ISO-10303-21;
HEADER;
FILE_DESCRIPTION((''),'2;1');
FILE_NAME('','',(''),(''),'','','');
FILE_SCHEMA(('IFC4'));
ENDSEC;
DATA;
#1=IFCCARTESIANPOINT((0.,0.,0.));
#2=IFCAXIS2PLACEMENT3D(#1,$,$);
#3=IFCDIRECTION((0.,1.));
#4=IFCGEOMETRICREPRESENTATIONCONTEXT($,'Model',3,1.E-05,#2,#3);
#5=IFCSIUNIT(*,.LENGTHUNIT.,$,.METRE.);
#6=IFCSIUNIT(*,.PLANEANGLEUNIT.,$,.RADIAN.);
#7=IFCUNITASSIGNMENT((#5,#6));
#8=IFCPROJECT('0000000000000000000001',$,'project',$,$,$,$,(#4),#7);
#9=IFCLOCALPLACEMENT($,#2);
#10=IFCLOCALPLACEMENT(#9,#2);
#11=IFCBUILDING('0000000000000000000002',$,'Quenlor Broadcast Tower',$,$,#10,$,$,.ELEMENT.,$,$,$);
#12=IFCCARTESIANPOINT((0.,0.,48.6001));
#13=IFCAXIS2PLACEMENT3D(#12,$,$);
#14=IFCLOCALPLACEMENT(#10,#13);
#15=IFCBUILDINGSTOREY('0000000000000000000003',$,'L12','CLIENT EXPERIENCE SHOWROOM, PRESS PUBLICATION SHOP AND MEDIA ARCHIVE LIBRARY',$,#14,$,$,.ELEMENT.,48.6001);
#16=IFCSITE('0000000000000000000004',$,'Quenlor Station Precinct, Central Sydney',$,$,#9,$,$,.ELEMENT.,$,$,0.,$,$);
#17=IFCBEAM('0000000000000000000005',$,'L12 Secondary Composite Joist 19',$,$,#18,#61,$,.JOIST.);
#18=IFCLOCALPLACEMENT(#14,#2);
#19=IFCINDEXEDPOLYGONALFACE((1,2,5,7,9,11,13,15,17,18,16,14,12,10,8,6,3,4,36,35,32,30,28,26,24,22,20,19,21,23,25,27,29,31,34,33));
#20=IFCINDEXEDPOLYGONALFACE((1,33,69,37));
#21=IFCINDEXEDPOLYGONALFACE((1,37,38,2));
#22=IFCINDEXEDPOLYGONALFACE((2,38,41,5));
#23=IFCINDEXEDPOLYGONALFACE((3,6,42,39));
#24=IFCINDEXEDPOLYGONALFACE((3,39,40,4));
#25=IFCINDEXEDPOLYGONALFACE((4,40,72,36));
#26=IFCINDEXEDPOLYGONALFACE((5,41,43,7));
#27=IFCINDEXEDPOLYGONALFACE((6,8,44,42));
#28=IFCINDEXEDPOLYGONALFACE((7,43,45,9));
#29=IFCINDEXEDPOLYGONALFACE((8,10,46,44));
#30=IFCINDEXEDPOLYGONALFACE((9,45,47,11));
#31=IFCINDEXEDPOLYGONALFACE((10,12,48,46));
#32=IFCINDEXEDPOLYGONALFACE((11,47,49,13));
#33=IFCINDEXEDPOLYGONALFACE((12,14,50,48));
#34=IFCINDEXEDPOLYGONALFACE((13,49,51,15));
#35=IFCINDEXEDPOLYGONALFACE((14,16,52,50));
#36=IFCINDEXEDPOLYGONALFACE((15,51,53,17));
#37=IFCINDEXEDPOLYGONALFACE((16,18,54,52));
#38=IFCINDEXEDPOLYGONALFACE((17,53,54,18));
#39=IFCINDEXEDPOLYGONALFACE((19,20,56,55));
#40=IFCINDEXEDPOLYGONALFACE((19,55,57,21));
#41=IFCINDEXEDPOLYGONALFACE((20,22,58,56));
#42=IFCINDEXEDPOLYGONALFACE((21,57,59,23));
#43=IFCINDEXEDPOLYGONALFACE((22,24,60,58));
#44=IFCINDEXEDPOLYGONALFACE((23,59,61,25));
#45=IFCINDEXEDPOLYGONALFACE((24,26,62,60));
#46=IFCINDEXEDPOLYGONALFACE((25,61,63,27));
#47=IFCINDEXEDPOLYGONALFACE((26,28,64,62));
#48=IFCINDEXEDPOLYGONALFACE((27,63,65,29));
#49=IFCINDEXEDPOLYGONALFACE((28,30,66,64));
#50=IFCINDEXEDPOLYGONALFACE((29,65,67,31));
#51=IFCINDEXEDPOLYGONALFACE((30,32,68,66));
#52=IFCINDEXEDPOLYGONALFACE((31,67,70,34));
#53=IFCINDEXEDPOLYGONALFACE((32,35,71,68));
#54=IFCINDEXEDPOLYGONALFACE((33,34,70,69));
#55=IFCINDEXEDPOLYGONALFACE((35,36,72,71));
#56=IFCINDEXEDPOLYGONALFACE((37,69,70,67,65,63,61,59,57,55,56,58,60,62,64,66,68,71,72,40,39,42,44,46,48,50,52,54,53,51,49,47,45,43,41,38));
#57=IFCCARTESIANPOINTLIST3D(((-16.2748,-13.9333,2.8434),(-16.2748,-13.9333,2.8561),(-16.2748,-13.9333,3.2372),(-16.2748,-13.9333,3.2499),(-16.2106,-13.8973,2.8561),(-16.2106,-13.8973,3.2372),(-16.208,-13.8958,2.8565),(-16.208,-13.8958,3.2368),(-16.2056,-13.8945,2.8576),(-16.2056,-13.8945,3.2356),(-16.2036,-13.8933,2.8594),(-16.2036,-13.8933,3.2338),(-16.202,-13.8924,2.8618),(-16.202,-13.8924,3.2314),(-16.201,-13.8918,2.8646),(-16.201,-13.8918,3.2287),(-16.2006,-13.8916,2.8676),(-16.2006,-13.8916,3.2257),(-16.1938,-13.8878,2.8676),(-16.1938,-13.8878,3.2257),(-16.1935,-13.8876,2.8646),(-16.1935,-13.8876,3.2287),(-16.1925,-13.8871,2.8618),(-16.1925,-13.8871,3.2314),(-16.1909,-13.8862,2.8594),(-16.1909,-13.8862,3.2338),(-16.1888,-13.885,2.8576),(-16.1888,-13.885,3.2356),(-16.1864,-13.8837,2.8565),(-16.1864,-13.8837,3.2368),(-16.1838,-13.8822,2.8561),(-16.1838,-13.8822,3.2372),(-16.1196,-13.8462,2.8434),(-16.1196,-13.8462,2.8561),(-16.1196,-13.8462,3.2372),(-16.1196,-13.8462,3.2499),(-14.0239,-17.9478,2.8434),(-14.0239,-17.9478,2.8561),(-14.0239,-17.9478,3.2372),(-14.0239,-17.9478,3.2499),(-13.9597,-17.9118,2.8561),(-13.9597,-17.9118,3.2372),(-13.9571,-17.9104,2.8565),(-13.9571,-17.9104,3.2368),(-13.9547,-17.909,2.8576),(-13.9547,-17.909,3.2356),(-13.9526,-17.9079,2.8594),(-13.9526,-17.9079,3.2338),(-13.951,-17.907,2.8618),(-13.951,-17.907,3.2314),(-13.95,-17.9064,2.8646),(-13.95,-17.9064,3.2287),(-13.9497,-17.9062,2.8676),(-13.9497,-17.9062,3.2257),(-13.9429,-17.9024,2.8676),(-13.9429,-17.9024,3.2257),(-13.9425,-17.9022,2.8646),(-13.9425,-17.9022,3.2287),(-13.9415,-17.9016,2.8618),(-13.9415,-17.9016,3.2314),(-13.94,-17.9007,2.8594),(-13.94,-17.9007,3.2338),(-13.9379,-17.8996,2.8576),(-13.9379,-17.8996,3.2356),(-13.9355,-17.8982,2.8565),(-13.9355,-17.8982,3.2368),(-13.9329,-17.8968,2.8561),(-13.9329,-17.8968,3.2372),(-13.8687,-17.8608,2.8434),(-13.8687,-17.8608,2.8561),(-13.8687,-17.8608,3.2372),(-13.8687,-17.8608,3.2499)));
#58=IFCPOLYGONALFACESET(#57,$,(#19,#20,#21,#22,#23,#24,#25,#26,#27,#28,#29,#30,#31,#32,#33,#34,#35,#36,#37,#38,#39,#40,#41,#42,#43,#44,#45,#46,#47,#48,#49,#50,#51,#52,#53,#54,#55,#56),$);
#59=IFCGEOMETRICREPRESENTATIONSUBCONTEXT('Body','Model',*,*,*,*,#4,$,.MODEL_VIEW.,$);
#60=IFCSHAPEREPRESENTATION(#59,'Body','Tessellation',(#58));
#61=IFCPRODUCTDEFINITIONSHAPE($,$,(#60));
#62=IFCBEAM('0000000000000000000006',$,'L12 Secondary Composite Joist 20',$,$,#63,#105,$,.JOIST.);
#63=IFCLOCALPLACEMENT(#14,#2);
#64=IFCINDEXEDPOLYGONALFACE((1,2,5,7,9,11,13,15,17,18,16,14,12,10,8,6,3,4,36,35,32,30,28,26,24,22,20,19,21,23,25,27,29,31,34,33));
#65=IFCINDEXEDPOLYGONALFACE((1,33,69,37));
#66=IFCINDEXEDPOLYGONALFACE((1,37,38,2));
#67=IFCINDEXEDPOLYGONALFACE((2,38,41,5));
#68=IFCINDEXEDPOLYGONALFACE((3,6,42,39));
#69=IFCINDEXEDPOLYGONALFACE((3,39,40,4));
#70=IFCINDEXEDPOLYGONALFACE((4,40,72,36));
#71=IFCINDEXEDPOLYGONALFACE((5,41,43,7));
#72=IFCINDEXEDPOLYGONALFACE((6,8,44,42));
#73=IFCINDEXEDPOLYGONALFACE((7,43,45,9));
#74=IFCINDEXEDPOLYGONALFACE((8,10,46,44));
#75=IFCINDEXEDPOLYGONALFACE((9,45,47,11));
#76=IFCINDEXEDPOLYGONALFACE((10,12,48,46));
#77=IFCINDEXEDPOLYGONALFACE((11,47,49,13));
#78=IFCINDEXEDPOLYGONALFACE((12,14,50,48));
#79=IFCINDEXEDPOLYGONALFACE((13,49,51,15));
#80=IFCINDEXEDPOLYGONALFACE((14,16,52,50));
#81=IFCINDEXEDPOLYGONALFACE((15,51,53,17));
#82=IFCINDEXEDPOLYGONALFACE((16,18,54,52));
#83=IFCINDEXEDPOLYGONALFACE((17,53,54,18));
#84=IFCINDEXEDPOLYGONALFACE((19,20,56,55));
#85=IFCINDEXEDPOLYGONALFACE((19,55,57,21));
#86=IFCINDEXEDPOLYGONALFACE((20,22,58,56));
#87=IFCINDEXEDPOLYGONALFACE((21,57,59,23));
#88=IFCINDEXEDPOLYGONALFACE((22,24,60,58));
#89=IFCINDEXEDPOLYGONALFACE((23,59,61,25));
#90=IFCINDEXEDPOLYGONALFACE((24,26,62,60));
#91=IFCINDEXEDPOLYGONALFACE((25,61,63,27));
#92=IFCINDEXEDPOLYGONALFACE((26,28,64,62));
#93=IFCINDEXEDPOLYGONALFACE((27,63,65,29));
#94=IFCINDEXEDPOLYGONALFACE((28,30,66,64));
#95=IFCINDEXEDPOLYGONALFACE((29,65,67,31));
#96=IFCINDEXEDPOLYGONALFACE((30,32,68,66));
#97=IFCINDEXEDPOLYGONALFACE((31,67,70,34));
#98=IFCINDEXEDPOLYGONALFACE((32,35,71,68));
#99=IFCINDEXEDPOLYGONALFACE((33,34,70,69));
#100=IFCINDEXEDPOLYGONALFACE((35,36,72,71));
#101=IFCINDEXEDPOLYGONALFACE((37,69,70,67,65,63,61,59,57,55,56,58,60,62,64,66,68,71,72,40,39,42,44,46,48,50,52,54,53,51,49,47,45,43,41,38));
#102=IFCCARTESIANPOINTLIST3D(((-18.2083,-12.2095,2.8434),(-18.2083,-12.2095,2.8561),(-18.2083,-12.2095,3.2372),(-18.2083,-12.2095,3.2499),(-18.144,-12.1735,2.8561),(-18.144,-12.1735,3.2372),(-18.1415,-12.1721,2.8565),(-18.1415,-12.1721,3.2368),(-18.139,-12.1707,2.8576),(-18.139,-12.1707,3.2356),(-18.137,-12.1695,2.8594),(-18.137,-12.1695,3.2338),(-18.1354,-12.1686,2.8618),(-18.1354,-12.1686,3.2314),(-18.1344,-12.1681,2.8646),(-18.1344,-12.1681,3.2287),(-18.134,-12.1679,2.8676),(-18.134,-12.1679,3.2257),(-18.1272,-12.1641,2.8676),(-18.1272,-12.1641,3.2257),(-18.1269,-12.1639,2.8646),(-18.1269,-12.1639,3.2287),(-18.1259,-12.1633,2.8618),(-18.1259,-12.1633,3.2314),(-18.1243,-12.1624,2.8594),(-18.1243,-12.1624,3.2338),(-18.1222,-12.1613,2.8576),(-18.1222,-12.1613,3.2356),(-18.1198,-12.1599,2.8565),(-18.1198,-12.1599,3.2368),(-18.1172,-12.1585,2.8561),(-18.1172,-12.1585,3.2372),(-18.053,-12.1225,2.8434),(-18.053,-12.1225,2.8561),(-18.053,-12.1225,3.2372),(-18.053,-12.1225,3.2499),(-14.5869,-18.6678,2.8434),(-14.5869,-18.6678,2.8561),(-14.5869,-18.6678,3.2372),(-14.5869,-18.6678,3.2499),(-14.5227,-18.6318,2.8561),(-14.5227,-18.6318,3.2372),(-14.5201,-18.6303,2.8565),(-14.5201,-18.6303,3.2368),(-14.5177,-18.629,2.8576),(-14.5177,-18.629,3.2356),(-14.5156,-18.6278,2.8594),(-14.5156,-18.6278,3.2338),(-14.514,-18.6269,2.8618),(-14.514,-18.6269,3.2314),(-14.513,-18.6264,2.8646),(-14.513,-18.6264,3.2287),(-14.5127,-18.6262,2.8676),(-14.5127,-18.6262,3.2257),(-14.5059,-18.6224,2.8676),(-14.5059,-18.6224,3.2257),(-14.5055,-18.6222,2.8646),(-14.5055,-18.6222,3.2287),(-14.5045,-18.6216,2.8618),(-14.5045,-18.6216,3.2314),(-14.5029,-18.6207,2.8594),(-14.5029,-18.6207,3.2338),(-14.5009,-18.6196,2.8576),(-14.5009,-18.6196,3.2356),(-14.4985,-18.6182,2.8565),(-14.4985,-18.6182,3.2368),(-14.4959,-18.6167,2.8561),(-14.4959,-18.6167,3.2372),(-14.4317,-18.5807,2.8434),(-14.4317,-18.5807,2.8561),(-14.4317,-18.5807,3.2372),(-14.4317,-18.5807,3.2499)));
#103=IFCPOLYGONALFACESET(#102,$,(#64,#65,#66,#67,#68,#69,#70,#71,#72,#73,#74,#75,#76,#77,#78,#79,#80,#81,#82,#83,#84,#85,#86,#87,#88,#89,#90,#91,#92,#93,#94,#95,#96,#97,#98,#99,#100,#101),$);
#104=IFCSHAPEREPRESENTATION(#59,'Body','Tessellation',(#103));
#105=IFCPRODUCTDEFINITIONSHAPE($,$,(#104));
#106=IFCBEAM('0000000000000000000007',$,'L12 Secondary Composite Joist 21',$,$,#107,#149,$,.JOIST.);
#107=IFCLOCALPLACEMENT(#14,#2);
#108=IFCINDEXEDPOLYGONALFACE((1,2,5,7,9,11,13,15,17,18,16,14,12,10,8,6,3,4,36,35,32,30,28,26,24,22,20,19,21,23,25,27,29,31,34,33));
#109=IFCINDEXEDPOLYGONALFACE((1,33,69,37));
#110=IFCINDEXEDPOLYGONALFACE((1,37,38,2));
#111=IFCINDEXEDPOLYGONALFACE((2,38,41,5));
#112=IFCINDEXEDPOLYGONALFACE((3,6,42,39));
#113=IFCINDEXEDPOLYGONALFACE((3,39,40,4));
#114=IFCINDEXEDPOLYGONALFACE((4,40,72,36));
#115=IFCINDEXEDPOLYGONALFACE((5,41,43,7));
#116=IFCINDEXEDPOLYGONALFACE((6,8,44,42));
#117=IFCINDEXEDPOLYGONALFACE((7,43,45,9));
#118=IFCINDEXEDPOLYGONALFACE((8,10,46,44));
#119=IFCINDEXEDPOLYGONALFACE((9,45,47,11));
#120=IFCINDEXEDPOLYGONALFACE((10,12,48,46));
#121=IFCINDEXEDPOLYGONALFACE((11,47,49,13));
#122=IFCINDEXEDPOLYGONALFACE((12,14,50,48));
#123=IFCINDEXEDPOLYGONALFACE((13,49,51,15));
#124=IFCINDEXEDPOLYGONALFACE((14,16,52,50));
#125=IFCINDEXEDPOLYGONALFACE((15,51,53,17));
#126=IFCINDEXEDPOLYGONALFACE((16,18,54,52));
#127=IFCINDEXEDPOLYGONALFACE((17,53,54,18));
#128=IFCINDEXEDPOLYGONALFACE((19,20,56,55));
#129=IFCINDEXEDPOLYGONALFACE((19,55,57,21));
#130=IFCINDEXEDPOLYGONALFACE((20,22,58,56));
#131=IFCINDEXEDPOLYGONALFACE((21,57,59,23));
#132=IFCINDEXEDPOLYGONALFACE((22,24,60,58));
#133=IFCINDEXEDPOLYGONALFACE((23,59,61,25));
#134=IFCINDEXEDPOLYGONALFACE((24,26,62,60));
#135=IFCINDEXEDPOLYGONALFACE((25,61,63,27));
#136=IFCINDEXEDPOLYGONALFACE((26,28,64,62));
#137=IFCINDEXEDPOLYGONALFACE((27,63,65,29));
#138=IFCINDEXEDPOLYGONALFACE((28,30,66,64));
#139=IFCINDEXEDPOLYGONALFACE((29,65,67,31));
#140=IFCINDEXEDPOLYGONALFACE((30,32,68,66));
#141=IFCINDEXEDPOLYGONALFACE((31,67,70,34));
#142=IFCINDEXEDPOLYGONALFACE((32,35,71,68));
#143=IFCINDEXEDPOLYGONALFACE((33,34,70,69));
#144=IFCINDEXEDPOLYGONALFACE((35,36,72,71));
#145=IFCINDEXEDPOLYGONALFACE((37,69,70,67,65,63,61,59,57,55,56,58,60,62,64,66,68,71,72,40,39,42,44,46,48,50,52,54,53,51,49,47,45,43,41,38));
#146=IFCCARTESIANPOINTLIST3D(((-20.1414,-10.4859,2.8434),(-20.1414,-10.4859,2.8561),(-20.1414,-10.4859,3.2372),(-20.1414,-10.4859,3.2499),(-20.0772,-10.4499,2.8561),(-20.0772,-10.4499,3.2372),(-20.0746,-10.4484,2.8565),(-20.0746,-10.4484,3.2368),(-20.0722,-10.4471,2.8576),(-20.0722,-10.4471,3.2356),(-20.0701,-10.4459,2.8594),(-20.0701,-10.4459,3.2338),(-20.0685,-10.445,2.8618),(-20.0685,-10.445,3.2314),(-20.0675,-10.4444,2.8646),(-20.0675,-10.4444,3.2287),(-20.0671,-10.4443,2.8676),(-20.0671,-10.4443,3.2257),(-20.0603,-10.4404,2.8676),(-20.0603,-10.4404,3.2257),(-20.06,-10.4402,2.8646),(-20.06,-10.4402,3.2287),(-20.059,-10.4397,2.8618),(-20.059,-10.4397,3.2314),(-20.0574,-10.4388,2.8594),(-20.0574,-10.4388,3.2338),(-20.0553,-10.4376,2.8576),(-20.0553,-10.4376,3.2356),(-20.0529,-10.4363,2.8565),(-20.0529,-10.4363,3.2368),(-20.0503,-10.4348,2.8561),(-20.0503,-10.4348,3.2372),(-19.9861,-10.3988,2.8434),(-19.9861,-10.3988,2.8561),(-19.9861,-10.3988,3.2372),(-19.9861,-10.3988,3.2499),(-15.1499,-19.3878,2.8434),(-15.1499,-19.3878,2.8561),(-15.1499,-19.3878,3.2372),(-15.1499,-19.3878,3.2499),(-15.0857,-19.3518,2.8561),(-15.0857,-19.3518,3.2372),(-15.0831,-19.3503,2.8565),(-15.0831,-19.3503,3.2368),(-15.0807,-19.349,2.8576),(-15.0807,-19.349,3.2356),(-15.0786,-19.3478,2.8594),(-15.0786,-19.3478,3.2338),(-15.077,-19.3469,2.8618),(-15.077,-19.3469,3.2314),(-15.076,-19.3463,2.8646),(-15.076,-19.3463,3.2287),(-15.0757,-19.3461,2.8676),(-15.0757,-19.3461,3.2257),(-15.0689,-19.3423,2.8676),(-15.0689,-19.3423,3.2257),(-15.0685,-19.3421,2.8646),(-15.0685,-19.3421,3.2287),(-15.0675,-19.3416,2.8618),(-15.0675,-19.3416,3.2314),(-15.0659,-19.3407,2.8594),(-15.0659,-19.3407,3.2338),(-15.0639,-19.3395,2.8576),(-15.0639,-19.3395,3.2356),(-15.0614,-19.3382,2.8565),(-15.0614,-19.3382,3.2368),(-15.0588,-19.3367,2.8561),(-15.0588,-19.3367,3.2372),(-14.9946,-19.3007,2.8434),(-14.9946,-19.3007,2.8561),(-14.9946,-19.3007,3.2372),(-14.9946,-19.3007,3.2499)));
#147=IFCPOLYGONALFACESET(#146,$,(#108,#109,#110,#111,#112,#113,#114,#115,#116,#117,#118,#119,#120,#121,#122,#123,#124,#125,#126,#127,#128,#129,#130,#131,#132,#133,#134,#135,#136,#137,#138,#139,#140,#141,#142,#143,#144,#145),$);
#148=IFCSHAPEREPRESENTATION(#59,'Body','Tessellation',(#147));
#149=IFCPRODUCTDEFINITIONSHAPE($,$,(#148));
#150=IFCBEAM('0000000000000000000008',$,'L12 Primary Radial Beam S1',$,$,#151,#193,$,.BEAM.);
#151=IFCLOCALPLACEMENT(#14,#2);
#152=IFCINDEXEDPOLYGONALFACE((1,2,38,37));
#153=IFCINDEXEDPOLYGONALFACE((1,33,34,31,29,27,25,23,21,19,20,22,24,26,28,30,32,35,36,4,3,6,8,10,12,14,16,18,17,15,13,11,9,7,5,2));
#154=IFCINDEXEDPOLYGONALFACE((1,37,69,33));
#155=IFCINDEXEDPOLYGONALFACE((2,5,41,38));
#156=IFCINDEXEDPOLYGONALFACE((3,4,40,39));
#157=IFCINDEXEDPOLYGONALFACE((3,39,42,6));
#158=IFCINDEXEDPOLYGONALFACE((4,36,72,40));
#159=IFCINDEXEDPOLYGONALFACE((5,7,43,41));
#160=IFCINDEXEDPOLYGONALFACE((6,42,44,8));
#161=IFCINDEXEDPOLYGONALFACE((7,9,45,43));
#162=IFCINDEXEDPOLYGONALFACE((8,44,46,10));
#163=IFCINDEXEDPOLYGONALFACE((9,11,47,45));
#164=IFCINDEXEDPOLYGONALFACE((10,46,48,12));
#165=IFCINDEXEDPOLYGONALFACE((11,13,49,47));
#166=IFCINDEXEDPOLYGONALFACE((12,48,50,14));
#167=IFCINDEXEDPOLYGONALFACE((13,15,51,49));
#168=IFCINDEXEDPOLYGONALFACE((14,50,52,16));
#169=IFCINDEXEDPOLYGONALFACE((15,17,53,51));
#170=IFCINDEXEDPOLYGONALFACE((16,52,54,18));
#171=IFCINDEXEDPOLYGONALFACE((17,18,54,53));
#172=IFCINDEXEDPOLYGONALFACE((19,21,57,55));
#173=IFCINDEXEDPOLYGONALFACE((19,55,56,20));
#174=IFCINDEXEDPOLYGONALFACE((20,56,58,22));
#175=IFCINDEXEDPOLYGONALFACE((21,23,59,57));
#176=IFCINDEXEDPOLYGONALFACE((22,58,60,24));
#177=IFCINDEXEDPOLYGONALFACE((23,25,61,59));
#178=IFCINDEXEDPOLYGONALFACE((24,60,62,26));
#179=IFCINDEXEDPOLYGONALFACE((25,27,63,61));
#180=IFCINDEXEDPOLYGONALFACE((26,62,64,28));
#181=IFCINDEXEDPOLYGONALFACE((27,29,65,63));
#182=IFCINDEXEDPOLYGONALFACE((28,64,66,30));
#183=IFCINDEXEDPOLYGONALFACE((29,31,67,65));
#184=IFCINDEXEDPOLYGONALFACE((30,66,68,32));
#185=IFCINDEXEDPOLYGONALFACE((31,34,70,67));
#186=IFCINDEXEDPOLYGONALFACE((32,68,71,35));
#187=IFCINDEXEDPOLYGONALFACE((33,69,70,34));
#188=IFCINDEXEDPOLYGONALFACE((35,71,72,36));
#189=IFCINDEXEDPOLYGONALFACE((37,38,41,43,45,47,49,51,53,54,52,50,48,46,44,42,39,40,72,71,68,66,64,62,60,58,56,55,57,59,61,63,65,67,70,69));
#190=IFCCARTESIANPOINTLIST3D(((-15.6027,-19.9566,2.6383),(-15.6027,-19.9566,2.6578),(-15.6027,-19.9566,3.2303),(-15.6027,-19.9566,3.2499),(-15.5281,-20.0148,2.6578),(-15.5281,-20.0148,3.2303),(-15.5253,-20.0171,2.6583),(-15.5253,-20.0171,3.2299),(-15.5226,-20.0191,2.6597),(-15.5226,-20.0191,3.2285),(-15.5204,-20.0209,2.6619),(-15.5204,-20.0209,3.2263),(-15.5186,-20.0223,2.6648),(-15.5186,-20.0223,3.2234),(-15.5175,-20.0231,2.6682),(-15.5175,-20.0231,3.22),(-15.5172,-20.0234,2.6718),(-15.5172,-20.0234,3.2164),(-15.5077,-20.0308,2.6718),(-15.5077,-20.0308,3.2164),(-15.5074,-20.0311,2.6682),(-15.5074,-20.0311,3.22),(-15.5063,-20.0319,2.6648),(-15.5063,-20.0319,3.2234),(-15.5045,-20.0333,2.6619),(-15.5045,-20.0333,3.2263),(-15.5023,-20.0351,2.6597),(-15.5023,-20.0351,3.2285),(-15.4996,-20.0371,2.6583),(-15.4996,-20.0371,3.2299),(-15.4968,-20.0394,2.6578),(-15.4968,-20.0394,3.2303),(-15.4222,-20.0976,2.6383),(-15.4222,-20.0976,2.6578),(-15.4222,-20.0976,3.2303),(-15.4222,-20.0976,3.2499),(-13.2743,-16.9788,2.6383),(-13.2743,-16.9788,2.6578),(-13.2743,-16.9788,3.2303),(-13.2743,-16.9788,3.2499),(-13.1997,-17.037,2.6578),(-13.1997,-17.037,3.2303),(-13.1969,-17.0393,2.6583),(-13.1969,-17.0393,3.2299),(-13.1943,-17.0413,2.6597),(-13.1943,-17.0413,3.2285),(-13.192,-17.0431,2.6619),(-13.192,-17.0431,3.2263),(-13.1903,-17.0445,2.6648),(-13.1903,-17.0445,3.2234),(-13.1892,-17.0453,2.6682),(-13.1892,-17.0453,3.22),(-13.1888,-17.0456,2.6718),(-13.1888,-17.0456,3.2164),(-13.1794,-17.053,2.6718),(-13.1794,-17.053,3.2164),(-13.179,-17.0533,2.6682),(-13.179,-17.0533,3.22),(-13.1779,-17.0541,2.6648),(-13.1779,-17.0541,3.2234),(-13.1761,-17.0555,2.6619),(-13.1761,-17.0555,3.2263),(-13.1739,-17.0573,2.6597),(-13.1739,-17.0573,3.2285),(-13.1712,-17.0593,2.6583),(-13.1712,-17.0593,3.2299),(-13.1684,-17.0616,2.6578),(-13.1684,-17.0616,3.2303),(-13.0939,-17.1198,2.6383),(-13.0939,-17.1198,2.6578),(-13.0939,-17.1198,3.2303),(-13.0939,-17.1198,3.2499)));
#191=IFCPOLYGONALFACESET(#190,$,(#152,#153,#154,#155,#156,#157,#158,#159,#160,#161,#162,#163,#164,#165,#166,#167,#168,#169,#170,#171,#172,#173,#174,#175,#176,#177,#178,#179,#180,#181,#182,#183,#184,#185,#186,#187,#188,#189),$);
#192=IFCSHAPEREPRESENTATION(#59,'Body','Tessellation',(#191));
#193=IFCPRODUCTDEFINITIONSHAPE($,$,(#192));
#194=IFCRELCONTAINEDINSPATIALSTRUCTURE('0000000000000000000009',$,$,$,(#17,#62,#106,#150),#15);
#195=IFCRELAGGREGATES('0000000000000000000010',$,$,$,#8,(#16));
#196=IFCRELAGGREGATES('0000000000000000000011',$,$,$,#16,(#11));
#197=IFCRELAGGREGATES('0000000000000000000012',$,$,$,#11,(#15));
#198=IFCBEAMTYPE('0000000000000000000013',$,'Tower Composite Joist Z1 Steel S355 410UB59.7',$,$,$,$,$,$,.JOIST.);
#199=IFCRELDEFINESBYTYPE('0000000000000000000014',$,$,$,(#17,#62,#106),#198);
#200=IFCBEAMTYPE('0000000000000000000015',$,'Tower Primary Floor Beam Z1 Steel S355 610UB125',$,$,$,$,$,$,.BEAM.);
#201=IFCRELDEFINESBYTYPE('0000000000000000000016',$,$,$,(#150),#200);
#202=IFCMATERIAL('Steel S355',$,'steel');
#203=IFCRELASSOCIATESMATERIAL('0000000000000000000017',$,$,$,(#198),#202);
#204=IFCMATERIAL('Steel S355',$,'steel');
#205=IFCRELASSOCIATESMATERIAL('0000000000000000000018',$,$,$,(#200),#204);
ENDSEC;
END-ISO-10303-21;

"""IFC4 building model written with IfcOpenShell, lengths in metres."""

from ifc_helpers import new_model, si_unit, direction, frame, origin, origin_2d, place, context, subcontext, project, spatial, i_section, extrude, material, material_profile, profile_set, type_object, element, save


model = new_model("IFC4")

# Units and contexts
model_context = context("Model", 3, precision=1e-05, world=origin(), true_north=direction((0.0, 1.0)))
body_context = subcontext(model_context, "Body", "Model", "MODEL_VIEW")
ifc_project = project(units=[si_unit("LENGTHUNIT", "METRE"), si_unit("PLANEANGLEUNIT", "RADIAN")], contexts=[model_context])

# Site, building, storey
site_placement = place(None, origin())
site = spatial("IfcSite", under=ifc_project, at=site_placement, Name="Quenlor Station Precinct, Central Sydney", CompositionType="ELEMENT", RefElevation=0.0)
building_placement = place(site_placement, origin())
building = spatial("IfcBuilding", under=site, at=building_placement, Name="Quenlor Broadcast Tower", CompositionType="ELEMENT")
storey_placement = place(building_placement, frame((0.0, 0.0, 48.6001)))
storey = spatial("IfcBuildingStorey", under=building, at=storey_placement, Name="L12", Description="CLIENT EXPERIENCE SHOWROOM, PRESS PUBLICATION SHOP AND MEDIA ARCHIVE LIBRARY", CompositionType="ELEMENT", Elevation=48.6001)

# Beams
ifc_material_1 = material(Name="Steel S355", Category="steel")
ifc_material_profile_1 = material_profile(ifc_material_1, i_section(OverallWidth=0.178, OverallDepth=0.4065, WebThickness=0.0078, FlangeThickness=0.0127, FilletRadius=0.0115, at=origin_2d()))
ifc_profile_set_1 = profile_set([ifc_material_profile_1], Name="Steel S355 410UB59.7")
beam_type_1 = type_object("IfcBeamType", Name="Tower Composite Joist Z1 Steel S355 410UB59.7", PredefinedType="JOIST", material=ifc_profile_set_1)
beam_1_placement = place(storey_placement, frame((-13.9463, -17.9043, 3.0466), z_axis=(-0.489062, 0.872249, 0.0), x_axis=(-0.872249, -0.489062, 0.0)))
element("IfcBeam", 1, at=beam_1_placement, inside=storey, type_object=beam_type_1, Name="L12 Secondary Composite Joist 19", PredefinedType="JOIST", context=body_context, shape_type="SweptSolid", body=[
    extrude(i_section(OverallWidth=0.178, OverallDepth=0.4065, WebThickness=0.0078, FlangeThickness=0.0127, FilletRadius=0.0115, at=origin_2d()), origin(), (0.0, 0.0, 1.0), 4.6025),
])
beam_2_placement = place(storey_placement, frame((-14.5093, -18.6243, 3.0466), z_axis=(-0.489088, 0.872234, 0.0), x_axis=(-0.872234, -0.489088, 0.0)))
element("IfcBeam", 2, at=beam_2_placement, inside=storey, type_object=beam_type_1, Name="L12 Secondary Composite Joist 20", PredefinedType="JOIST", context=body_context, shape_type="SweptSolid", body=[
    extrude(i_section(OverallWidth=0.178, OverallDepth=0.4065, WebThickness=0.0078, FlangeThickness=0.0127, FilletRadius=0.0115, at=origin_2d()), origin(), (0.0, 0.0, 1.0), 7.4043),
])
beam_3_placement = place(storey_placement, frame((-15.0723, -19.3442, 3.0466), z_axis=(-0.489082, 0.872238, 0.0), x_axis=(-0.872238, -0.489082, 0.0)))
element("IfcBeam", 3, at=beam_3_placement, inside=storey, type_object=beam_type_1, Name="L12 Secondary Composite Joist 21", PredefinedType="JOIST", context=body_context, shape_type="SweptSolid", body=[
    extrude(i_section(OverallWidth=0.178, OverallDepth=0.4065, WebThickness=0.0078, FlangeThickness=0.0127, FilletRadius=0.0115, at=origin_2d()), origin(), (0.0, 0.0, 1.0), 10.2058),
])
ifc_material_2 = material(Name="Steel S355", Category="steel")
ifc_material_profile_2 = material_profile(ifc_material_2, i_section(OverallWidth=0.229, OverallDepth=0.6116, WebThickness=0.012, FlangeThickness=0.0195, FilletRadius=0.0139, at=origin_2d()))
ifc_profile_set_2 = profile_set([ifc_material_profile_2], Name="Steel S355 610UB125")
beam_type_2 = type_object("IfcBeamType", Name="Tower Primary Floor Beam Z1 Steel S355 610UB125", PredefinedType="BEAM", material=ifc_profile_set_2)
beam_4_placement = place(storey_placement, frame((-15.5125, -20.0271, 2.9441), z_axis=(0.615969, 0.787771, 0.0), x_axis=(-0.787771, 0.615969, 0.0)))
element("IfcBeam", 4, at=beam_4_placement, inside=storey, type_object=beam_type_2, Name="L12 Primary Radial Beam S1", PredefinedType="BEAM", context=body_context, shape_type="SweptSolid", body=[
    extrude(i_section(OverallWidth=0.229, OverallDepth=0.6116, WebThickness=0.012, FlangeThickness=0.0195, FilletRadius=0.0139, at=origin_2d()), origin(), (0.0, 0.0, 1.0), 3.78),
])

save(model, "model.ifc")
